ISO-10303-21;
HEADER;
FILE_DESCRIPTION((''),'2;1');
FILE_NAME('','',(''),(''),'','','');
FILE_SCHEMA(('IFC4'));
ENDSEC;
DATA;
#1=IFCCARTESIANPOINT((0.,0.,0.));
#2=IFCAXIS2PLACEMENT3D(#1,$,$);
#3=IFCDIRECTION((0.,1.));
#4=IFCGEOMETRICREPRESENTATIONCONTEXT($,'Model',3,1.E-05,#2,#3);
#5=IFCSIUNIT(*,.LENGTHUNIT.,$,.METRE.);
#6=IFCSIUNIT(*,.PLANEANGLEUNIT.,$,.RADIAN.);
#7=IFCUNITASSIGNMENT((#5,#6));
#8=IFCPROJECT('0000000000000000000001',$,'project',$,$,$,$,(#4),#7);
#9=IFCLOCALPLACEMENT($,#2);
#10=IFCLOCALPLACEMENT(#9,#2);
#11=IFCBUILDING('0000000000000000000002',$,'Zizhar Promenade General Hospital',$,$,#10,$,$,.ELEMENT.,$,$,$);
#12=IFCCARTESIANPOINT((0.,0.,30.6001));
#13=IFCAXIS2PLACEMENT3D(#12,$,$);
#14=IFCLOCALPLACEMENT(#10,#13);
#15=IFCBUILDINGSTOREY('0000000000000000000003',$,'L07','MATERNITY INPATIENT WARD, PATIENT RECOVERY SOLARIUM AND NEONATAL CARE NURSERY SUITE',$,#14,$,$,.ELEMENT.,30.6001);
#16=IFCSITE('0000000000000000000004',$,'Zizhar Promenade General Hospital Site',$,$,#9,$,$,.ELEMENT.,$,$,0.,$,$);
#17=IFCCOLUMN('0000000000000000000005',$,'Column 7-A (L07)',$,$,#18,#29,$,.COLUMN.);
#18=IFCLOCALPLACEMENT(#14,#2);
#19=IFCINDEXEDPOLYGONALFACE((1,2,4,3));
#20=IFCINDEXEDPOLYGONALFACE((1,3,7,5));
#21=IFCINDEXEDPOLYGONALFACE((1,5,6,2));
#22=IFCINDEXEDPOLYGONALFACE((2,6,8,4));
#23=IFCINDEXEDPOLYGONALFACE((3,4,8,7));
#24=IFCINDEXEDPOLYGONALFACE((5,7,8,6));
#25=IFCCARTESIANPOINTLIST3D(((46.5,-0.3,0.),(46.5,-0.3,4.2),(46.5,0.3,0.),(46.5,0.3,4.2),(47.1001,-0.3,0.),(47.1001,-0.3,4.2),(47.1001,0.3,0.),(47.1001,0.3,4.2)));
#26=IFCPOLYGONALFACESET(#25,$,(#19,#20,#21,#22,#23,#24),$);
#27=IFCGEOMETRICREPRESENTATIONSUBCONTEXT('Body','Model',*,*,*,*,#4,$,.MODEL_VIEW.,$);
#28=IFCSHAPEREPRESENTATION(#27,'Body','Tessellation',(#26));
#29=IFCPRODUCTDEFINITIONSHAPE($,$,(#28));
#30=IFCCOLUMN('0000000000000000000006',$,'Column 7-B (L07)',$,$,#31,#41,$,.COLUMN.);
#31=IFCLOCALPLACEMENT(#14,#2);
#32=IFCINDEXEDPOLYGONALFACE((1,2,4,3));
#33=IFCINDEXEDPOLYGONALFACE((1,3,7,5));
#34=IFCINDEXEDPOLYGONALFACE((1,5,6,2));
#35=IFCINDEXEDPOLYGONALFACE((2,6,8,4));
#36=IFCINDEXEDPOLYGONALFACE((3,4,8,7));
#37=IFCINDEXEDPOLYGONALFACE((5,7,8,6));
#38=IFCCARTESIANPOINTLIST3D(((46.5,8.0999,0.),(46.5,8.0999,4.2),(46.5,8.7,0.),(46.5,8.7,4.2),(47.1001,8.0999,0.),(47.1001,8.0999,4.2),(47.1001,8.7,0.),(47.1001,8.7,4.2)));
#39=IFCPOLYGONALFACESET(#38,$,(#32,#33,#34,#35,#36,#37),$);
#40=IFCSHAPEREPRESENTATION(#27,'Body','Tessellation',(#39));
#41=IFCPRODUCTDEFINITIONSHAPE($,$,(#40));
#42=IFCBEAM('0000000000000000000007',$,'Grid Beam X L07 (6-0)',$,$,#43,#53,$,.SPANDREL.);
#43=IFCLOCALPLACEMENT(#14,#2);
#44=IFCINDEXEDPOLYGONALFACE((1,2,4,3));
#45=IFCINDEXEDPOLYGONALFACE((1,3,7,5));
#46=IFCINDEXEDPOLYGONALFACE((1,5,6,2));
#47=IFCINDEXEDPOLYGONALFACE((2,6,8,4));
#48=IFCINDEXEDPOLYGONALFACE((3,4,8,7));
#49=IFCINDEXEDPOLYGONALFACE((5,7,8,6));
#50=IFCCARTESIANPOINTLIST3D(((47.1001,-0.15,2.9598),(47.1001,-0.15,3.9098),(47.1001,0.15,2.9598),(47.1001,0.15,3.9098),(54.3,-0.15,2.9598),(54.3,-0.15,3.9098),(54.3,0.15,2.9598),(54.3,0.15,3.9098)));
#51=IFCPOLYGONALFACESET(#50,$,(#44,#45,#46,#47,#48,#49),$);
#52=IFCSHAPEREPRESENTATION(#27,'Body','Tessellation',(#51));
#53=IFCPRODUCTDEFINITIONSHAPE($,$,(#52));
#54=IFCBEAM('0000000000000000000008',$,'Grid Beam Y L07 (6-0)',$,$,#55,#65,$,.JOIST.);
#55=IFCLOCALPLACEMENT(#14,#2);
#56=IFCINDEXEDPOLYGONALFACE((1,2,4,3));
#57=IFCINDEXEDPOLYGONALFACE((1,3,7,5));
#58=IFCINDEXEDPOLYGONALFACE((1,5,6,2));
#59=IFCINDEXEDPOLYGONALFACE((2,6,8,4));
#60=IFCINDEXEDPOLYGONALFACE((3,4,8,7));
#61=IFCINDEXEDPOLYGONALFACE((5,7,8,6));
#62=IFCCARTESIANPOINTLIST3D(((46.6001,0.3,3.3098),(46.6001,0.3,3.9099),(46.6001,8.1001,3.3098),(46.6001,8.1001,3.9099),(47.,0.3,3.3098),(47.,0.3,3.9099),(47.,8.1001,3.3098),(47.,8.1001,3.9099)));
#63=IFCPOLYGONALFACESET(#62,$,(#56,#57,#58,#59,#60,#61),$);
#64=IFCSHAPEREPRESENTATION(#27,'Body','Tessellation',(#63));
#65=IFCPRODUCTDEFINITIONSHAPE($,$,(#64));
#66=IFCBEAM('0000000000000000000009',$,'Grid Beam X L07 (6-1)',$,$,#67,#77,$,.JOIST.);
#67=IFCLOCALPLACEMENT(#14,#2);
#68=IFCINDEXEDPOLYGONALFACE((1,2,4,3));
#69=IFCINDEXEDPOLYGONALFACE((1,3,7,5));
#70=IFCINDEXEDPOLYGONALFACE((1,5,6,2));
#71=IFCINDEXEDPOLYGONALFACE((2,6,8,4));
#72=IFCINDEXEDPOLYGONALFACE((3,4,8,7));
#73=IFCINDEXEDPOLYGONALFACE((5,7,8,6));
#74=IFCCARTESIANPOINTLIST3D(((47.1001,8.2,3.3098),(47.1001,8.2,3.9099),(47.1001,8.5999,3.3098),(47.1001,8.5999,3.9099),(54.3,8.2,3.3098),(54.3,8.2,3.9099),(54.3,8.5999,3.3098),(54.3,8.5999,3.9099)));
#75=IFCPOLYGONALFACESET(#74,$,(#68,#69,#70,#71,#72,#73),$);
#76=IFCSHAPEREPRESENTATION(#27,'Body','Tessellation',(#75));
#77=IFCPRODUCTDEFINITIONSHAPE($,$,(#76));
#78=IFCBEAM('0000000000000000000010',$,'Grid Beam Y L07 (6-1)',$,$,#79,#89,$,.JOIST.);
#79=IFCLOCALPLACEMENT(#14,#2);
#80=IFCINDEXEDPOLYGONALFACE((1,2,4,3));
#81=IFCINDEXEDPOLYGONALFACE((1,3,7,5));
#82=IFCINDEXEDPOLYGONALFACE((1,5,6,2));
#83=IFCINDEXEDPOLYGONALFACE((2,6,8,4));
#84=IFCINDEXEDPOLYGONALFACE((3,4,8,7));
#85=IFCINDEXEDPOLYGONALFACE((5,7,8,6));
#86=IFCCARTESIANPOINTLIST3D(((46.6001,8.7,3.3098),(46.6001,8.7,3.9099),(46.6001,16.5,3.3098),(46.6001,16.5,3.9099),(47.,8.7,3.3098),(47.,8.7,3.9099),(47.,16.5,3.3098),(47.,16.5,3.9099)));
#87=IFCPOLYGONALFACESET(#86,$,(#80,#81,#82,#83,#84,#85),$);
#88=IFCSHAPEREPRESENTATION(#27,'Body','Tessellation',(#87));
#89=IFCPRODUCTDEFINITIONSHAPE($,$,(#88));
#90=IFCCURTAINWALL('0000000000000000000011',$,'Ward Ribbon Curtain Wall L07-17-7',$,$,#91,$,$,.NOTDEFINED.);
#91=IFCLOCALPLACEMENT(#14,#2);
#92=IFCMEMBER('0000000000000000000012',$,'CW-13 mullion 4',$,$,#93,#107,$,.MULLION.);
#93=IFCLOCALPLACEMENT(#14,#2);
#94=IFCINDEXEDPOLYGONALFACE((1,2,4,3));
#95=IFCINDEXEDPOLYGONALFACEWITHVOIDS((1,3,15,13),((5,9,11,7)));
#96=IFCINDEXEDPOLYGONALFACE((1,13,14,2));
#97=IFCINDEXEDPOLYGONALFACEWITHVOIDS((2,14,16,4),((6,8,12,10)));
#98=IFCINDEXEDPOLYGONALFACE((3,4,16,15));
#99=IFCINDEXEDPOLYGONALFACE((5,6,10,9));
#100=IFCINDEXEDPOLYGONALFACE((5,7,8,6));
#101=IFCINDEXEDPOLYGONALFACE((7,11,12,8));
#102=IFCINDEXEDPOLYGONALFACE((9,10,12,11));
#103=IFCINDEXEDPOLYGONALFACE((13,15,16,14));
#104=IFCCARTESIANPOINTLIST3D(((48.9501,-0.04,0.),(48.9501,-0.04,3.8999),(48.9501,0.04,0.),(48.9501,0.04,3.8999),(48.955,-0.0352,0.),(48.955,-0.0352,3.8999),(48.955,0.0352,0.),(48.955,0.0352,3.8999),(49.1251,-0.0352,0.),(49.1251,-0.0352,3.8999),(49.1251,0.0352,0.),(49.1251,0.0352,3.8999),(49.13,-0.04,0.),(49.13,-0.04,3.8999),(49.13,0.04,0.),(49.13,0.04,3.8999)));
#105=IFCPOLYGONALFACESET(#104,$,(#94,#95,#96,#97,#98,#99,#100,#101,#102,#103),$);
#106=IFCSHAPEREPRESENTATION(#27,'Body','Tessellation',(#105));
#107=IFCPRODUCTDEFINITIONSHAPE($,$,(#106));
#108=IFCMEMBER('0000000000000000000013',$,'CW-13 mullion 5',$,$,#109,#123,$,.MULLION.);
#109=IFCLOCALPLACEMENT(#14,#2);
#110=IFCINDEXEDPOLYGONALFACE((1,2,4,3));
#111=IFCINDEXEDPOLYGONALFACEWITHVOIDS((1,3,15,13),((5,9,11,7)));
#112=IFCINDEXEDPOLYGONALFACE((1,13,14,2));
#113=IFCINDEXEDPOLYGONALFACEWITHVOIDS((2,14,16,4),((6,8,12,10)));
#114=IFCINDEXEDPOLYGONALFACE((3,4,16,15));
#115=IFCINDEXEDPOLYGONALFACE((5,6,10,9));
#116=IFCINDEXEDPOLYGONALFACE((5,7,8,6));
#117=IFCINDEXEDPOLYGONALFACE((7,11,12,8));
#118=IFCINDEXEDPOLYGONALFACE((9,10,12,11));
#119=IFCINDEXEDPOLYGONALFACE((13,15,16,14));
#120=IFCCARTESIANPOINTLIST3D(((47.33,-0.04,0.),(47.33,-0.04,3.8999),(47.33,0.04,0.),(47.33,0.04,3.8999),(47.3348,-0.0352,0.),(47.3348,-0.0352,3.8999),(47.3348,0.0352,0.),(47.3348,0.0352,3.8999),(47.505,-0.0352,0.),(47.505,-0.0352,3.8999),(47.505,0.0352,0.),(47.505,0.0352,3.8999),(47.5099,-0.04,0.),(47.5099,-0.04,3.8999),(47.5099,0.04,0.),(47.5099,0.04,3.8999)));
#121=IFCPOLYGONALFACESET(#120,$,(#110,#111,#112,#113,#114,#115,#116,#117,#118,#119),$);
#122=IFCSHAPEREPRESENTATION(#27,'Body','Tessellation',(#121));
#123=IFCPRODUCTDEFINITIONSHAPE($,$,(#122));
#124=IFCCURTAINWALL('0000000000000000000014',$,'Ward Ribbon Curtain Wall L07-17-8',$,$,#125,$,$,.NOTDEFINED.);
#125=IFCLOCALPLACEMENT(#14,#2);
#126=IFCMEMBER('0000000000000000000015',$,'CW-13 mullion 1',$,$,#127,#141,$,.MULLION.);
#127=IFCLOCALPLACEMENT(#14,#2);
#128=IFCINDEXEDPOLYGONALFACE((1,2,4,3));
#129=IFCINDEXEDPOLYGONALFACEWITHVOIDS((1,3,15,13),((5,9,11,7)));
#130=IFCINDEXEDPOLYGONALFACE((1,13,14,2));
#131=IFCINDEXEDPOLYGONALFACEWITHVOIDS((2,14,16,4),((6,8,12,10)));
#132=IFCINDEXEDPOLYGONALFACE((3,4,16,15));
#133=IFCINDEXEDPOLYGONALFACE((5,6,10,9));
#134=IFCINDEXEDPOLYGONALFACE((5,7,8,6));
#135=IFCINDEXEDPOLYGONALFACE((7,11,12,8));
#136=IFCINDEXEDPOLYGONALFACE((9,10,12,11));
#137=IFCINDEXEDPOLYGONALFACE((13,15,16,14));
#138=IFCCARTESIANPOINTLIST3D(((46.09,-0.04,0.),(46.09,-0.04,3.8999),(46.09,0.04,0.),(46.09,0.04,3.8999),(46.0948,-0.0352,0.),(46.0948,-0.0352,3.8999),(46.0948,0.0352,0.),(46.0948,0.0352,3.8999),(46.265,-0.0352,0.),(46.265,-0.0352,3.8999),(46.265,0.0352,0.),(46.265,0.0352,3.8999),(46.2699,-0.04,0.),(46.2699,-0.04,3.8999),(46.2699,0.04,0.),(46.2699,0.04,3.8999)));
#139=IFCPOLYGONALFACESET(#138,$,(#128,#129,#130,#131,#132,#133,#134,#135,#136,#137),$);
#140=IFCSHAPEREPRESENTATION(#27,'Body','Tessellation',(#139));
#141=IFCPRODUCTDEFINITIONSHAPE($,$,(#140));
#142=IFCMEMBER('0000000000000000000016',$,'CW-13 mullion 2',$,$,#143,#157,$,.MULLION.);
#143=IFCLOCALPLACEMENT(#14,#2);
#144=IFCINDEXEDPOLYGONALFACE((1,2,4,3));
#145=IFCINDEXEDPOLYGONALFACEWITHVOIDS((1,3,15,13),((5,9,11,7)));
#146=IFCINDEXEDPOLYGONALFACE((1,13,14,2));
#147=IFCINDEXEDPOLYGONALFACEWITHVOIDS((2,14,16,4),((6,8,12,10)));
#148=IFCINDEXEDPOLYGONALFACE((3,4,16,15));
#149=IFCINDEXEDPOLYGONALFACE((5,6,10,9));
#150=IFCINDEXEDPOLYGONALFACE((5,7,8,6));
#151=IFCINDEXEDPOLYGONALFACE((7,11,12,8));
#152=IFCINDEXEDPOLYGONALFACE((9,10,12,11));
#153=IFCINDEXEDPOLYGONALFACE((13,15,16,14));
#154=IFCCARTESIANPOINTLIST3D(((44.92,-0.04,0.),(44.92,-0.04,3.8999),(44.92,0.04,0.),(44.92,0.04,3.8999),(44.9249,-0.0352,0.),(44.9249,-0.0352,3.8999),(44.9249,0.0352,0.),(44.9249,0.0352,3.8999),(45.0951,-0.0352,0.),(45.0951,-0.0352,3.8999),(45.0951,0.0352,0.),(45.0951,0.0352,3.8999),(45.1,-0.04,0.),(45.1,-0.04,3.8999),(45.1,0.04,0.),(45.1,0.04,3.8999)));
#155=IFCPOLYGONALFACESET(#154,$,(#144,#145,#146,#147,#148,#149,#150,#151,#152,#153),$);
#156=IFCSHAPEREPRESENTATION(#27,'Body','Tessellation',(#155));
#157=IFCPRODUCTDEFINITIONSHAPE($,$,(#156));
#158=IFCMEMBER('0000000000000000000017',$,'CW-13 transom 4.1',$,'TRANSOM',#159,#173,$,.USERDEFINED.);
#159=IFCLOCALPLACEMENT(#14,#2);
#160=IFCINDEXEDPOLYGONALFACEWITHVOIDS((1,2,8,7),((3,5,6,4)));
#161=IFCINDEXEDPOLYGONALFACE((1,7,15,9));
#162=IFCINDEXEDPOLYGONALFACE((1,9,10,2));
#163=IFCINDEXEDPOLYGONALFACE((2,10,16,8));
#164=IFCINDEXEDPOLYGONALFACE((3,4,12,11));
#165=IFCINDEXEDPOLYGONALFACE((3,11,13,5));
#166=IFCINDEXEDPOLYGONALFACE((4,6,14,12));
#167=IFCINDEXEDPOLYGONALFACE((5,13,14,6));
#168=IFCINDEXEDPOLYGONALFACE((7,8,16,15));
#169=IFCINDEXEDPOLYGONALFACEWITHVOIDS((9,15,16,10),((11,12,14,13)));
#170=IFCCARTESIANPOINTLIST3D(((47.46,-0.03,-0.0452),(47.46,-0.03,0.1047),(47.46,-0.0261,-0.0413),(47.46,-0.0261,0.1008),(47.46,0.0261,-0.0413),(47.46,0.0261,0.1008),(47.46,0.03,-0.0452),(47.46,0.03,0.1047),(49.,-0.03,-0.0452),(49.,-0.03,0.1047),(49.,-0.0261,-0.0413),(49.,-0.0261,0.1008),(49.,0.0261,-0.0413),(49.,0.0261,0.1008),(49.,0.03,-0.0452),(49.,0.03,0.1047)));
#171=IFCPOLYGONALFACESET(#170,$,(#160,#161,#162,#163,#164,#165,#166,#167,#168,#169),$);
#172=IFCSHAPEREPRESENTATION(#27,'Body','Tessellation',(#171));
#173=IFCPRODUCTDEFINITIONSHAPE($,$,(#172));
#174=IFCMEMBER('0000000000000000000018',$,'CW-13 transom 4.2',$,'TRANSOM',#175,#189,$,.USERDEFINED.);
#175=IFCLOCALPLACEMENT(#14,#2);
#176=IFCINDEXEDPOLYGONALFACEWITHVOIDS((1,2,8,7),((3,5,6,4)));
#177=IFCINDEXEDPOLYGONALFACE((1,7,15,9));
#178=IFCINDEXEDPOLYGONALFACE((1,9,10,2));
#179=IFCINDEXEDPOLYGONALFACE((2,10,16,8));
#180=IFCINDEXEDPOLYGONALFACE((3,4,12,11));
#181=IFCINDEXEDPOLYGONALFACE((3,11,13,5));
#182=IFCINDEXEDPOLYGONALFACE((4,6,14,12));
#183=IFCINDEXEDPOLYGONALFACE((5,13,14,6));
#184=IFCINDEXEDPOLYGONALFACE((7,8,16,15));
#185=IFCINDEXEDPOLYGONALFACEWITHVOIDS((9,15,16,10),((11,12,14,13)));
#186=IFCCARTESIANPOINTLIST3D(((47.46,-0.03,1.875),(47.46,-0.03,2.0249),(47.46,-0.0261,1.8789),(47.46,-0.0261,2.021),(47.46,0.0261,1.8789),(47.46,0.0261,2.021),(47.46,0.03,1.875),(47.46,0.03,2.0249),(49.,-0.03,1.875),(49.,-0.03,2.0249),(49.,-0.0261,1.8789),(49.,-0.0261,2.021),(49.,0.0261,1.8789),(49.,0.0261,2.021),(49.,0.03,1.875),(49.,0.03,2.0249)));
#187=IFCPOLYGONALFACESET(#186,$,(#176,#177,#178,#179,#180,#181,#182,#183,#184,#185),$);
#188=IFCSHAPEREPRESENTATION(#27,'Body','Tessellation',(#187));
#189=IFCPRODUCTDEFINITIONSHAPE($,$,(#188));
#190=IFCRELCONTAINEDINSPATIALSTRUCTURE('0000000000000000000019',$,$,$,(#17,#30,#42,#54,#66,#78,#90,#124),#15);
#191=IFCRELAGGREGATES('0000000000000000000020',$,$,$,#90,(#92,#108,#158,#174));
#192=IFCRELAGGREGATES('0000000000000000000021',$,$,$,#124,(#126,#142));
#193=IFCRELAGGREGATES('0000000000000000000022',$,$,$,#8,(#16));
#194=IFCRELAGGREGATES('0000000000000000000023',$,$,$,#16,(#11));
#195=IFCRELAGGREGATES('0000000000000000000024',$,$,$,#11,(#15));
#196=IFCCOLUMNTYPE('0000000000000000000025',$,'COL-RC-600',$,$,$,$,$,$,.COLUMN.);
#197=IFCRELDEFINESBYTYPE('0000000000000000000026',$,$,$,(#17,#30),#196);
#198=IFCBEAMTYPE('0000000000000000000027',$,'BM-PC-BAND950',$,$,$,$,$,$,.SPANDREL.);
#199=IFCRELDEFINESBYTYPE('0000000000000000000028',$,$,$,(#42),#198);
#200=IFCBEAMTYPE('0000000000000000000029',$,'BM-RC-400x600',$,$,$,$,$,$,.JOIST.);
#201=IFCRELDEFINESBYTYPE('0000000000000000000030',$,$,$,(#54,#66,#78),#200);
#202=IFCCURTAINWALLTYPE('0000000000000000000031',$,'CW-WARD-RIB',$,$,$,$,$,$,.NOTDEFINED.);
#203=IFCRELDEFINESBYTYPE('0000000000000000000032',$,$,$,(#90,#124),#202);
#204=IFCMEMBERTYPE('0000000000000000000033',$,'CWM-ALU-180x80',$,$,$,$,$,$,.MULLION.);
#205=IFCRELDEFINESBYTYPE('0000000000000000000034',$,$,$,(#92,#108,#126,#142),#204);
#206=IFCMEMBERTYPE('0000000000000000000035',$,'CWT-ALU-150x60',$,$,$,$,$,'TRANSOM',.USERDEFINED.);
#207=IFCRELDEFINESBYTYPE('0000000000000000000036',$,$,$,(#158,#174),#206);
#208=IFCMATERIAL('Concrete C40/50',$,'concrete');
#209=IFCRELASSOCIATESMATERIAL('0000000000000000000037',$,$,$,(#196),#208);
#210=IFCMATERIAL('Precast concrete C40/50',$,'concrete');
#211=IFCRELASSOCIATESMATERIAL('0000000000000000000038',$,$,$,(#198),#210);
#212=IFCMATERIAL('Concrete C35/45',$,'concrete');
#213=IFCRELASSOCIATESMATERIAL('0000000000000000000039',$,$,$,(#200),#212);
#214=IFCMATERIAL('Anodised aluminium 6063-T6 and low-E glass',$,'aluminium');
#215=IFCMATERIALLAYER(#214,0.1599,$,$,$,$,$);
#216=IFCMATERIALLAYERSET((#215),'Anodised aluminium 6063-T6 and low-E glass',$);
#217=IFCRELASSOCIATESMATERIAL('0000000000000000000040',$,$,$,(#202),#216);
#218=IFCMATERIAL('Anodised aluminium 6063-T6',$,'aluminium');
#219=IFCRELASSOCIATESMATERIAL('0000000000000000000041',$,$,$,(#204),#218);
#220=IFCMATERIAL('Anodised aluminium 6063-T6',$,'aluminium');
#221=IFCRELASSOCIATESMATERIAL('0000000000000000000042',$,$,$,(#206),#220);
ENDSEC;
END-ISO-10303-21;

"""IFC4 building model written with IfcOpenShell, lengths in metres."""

from ifc_helpers import new_model, si_unit, direction, frame, origin, origin_2d, place, context, subcontext, project, spatial, rectangle, hollow_rectangle, extrude, material, layer, layer_set, material_profile, profile_set, type_object, element, aggregate, save


model = new_model("IFC4")

# Units and contexts
model_context = context("Model", 3, precision=1e-05, world=origin(), true_north=direction((0.0, 1.0)))
body_context = subcontext(model_context, "Body", "Model", "MODEL_VIEW")
ifc_project = project(units=[si_unit("LENGTHUNIT", "METRE"), si_unit("PLANEANGLEUNIT", "RADIAN")], contexts=[model_context])

# Site, building, storey
site_placement = place(None, origin())
site = spatial("IfcSite", under=ifc_project, at=site_placement, Name="Zizhar Promenade General Hospital Site", CompositionType="ELEMENT", RefElevation=0.0)
building_placement = place(site_placement, origin())
building = spatial("IfcBuilding", under=site, at=building_placement, Name="Zizhar Promenade General Hospital", CompositionType="ELEMENT")
storey_placement = place(building_placement, frame((0.0, 0.0, 30.6001)))
storey = spatial("IfcBuildingStorey", under=building, at=storey_placement, Name="L07", Description="MATERNITY INPATIENT WARD, PATIENT RECOVERY SOLARIUM AND NEONATAL CARE NURSERY SUITE", CompositionType="ELEMENT", Elevation=30.6001)

# Columns
ifc_material_1 = material(Name="Concrete C40/50", Category="concrete")
ifc_material_profile_1 = material_profile(ifc_material_1, rectangle(XDim=0.6001, YDim=0.6001, at=origin_2d()))
ifc_profile_set_1 = profile_set([ifc_material_profile_1], Name="Concrete C40/50")
column_type = type_object("IfcColumnType", Name="COL-RC-600", PredefinedType="COLUMN", material=ifc_profile_set_1)
for number, where, z_axis, x_axis, name in (
    (1, (46.8, 0.0, 0.0), (0.0, 0.0, 1.0), (1.0, 0.0, 0.0), "Column 7-A (L07)"),
    (2, (46.8, 8.3999, 0.0), (0.0, 0.0, 1.0), (1.0, 0.0, 0.0), "Column 7-B (L07)"),
):
    element("IfcColumn", number, at=place(storey_placement, frame(where, z_axis=z_axis, x_axis=x_axis)), inside=storey, type_object=column_type, Name=name, PredefinedType="COLUMN", context=body_context, shape_type="SweptSolid", body=[
        extrude(rectangle(XDim=0.6001, YDim=0.6001, at=origin_2d()), origin(), (0.0, 0.0, 1.0), 4.2),
    ])

# Beams
ifc_material_2 = material(Name="Precast concrete C40/50", Category="concrete")
ifc_material_profile_2 = material_profile(ifc_material_2, rectangle(XDim=0.3, YDim=0.95, at=origin_2d()))
ifc_profile_set_2 = profile_set([ifc_material_profile_2], Name="Precast concrete C40/50")
beam_type_1 = type_object("IfcBeamType", Name="BM-PC-BAND950", PredefinedType="SPANDREL", material=ifc_profile_set_2)
beam_1_placement = place(storey_placement, frame((47.1001, 0.0, 3.4348), z_axis=(1.0, 0.0, 0.0), x_axis=(0.0, 1.0, 0.0)))
element("IfcBeam", 3, at=beam_1_placement, inside=storey, type_object=beam_type_1, Name="Grid Beam X L07 (6-0)", PredefinedType="SPANDREL", context=body_context, shape_type="SweptSolid", body=[
    extrude(rectangle(XDim=0.3, YDim=0.95, at=origin_2d()), origin(), (0.0, 0.0, 1.0), 7.2),
])
ifc_material_3 = material(Name="Concrete C35/45", Category="concrete")
ifc_material_profile_3 = material_profile(ifc_material_3, rectangle(XDim=0.3999, YDim=0.6001, at=origin_2d()))
ifc_profile_set_3 = profile_set([ifc_material_profile_3], Name="Concrete C35/45")
beam_type_2 = type_object("IfcBeamType", Name="BM-RC-400x600", PredefinedType="JOIST", material=ifc_profile_set_3)
beam_2_placement = place(storey_placement, frame((46.8, 0.3, 3.6099), z_axis=(0.0, 1.0, 0.0), x_axis=(-1.0, 0.0, 0.0)))
element("IfcBeam", 4, at=beam_2_placement, inside=storey, type_object=beam_type_2, Name="Grid Beam Y L07 (6-0)", PredefinedType="JOIST", context=body_context, shape_type="SweptSolid", body=[
    extrude(rectangle(XDim=0.3999, YDim=0.6001, at=origin_2d()), origin(), (0.0, 0.0, 1.0), 7.8),
])
beam_3_placement = place(storey_placement, frame((47.1001, 8.3999, 3.6099), z_axis=(1.0, 0.0, 0.0), x_axis=(0.0, 1.0, 0.0)))
element("IfcBeam", 5, at=beam_3_placement, inside=storey, type_object=beam_type_2, Name="Grid Beam X L07 (6-1)", PredefinedType="JOIST", context=body_context, shape_type="SweptSolid", body=[
    extrude(rectangle(XDim=0.3999, YDim=0.6001, at=origin_2d()), origin(), (0.0, 0.0, 1.0), 7.2),
])
beam_4_placement = place(storey_placement, frame((46.8, 8.7, 3.6099), z_axis=(0.0, 1.0, 0.0), x_axis=(-1.0, 0.0, 0.0)))
element("IfcBeam", 6, at=beam_4_placement, inside=storey, type_object=beam_type_2, Name="Grid Beam Y L07 (6-1)", PredefinedType="JOIST", context=body_context, shape_type="SweptSolid", body=[
    extrude(rectangle(XDim=0.3999, YDim=0.6001, at=origin_2d()), origin(), (0.0, 0.0, 1.0), 7.8),
])

# Curtain walls, members
ifc_material_4 = material(Name="Anodised aluminium 6063-T6 and low-E glass", Category="aluminium")
ifc_layer_1 = layer(ifc_material_4, 0.1599)
ifc_layer_set_1 = layer_set([ifc_layer_1], Name="Anodised aluminium 6063-T6 and low-E glass")
curtain_wall_type = type_object("IfcCurtainWallType", Name="CW-WARD-RIB", PredefinedType="NOTDEFINED", material=ifc_layer_set_1)
curtain_wall_1_placement = place(storey_placement, origin())
curtain_wall_1 = element("IfcCurtainWall", 7, at=curtain_wall_1_placement, inside=storey, type_object=curtain_wall_type, Name="Ward Ribbon Curtain Wall L07-17-7", PredefinedType="NOTDEFINED")
ifc_material_5 = material(Name="Anodised aluminium 6063-T6", Category="aluminium")
ifc_material_profile_4 = material_profile(ifc_material_5, hollow_rectangle(XDim=0.0801, YDim=0.1799, WallThickness=0.0049, at=origin_2d()))
ifc_profile_set_4 = profile_set([ifc_material_profile_4], Name="Anodised aluminium 6063-T6")
member_type_1 = type_object("IfcMemberType", Name="CWM-ALU-180x80", PredefinedType="MULLION", material=ifc_profile_set_4)
member_1_placement = place(storey_placement, frame((49.04, 0.0, 0.0), z_axis=(0.0, 0.0, 1.0), x_axis=(0.0, -1.0, 0.0)))
member_1 = element("IfcMember", 8, at=member_1_placement, type_object=member_type_1, Name="CW-13 mullion 4", PredefinedType="MULLION", context=body_context, shape_type="SweptSolid", body=[
    extrude(hollow_rectangle(XDim=0.0801, YDim=0.1799, WallThickness=0.0049, at=origin_2d()), origin(), (0.0, 0.0, 1.0), 3.8999),
])
member_2_placement = place(storey_placement, frame((47.4199, 0.0, 0.0), z_axis=(0.0, 0.0, 1.0), x_axis=(0.0, -1.0, 0.0)))
member_2 = element("IfcMember", 9, at=member_2_placement, type_object=member_type_1, Name="CW-13 mullion 5", PredefinedType="MULLION", context=body_context, shape_type="SweptSolid", body=[
    extrude(hollow_rectangle(XDim=0.0801, YDim=0.1799, WallThickness=0.0049, at=origin_2d()), origin(), (0.0, 0.0, 1.0), 3.8999),
])
curtain_wall_2_placement = place(storey_placement, origin())
curtain_wall_2 = element("IfcCurtainWall", 10, at=curtain_wall_2_placement, inside=storey, type_object=curtain_wall_type, Name="Ward Ribbon Curtain Wall L07-17-8", PredefinedType="NOTDEFINED")
member_3_placement = place(storey_placement, frame((46.1799, 0.0, 0.0), z_axis=(0.0, 0.0, 1.0), x_axis=(0.0, -1.0, 0.0)))
member_3 = element("IfcMember", 11, at=member_3_placement, type_object=member_type_1, Name="CW-13 mullion 1", PredefinedType="MULLION", context=body_context, shape_type="SweptSolid", body=[
    extrude(hollow_rectangle(XDim=0.0801, YDim=0.1799, WallThickness=0.0049, at=origin_2d()), origin(), (0.0, 0.0, 1.0), 3.8999),
])
member_4_placement = place(storey_placement, frame((45.01, 0.0, 0.0), z_axis=(0.0, 0.0, 1.0), x_axis=(0.0, -1.0, 0.0)))
member_4 = element("IfcMember", 12, at=member_4_placement, type_object=member_type_1, Name="CW-13 mullion 2", PredefinedType="MULLION", context=body_context, shape_type="SweptSolid", body=[
    extrude(hollow_rectangle(XDim=0.0801, YDim=0.1799, WallThickness=0.0049, at=origin_2d()), origin(), (0.0, 0.0, 1.0), 3.8999),
])

# Members
ifc_material_6 = material(Name="Anodised aluminium 6063-T6", Category="aluminium")
ifc_material_profile_5 = material_profile(ifc_material_6, hollow_rectangle(XDim=0.0601, YDim=0.1499, WallThickness=0.0039, at=origin_2d()))
ifc_profile_set_5 = profile_set([ifc_material_profile_5], Name="Anodised aluminium 6063-T6")
member_type_2 = type_object("IfcMemberType", Name="CWT-ALU-150x60", ElementType="TRANSOM", PredefinedType="USERDEFINED", material=ifc_profile_set_5)
member_5_placement = place(storey_placement, frame((49.0, 0.0, 0.0298), z_axis=(-1.0, 0.0, 0.0), x_axis=(0.0, -1.0, 0.0)))
member_5 = element("IfcMember", 13, at=member_5_placement, type_object=member_type_2, Name="CW-13 transom 4.1", ObjectType="TRANSOM", PredefinedType="USERDEFINED", context=body_context, shape_type="SweptSolid", body=[
    extrude(hollow_rectangle(XDim=0.0601, YDim=0.1499, WallThickness=0.0039, at=origin_2d()), origin(), (0.0, 0.0, 1.0), 1.54),
])
member_6_placement = place(storey_placement, frame((49.0, 0.0, 1.95), z_axis=(-1.0, 0.0, 0.0), x_axis=(0.0, -1.0, 0.0)))
member_6 = element("IfcMember", 14, at=member_6_placement, type_object=member_type_2, Name="CW-13 transom 4.2", ObjectType="TRANSOM", PredefinedType="USERDEFINED", context=body_context, shape_type="SweptSolid", body=[
    extrude(hollow_rectangle(XDim=0.0601, YDim=0.1499, WallThickness=0.0039, at=origin_2d()), origin(), (0.0, 0.0, 1.0), 1.54),
])

aggregate(curtain_wall_1, [member_1, member_2, member_5, member_6])
aggregate(curtain_wall_2, [member_3, member_4])

save(model, "model.ifc")
